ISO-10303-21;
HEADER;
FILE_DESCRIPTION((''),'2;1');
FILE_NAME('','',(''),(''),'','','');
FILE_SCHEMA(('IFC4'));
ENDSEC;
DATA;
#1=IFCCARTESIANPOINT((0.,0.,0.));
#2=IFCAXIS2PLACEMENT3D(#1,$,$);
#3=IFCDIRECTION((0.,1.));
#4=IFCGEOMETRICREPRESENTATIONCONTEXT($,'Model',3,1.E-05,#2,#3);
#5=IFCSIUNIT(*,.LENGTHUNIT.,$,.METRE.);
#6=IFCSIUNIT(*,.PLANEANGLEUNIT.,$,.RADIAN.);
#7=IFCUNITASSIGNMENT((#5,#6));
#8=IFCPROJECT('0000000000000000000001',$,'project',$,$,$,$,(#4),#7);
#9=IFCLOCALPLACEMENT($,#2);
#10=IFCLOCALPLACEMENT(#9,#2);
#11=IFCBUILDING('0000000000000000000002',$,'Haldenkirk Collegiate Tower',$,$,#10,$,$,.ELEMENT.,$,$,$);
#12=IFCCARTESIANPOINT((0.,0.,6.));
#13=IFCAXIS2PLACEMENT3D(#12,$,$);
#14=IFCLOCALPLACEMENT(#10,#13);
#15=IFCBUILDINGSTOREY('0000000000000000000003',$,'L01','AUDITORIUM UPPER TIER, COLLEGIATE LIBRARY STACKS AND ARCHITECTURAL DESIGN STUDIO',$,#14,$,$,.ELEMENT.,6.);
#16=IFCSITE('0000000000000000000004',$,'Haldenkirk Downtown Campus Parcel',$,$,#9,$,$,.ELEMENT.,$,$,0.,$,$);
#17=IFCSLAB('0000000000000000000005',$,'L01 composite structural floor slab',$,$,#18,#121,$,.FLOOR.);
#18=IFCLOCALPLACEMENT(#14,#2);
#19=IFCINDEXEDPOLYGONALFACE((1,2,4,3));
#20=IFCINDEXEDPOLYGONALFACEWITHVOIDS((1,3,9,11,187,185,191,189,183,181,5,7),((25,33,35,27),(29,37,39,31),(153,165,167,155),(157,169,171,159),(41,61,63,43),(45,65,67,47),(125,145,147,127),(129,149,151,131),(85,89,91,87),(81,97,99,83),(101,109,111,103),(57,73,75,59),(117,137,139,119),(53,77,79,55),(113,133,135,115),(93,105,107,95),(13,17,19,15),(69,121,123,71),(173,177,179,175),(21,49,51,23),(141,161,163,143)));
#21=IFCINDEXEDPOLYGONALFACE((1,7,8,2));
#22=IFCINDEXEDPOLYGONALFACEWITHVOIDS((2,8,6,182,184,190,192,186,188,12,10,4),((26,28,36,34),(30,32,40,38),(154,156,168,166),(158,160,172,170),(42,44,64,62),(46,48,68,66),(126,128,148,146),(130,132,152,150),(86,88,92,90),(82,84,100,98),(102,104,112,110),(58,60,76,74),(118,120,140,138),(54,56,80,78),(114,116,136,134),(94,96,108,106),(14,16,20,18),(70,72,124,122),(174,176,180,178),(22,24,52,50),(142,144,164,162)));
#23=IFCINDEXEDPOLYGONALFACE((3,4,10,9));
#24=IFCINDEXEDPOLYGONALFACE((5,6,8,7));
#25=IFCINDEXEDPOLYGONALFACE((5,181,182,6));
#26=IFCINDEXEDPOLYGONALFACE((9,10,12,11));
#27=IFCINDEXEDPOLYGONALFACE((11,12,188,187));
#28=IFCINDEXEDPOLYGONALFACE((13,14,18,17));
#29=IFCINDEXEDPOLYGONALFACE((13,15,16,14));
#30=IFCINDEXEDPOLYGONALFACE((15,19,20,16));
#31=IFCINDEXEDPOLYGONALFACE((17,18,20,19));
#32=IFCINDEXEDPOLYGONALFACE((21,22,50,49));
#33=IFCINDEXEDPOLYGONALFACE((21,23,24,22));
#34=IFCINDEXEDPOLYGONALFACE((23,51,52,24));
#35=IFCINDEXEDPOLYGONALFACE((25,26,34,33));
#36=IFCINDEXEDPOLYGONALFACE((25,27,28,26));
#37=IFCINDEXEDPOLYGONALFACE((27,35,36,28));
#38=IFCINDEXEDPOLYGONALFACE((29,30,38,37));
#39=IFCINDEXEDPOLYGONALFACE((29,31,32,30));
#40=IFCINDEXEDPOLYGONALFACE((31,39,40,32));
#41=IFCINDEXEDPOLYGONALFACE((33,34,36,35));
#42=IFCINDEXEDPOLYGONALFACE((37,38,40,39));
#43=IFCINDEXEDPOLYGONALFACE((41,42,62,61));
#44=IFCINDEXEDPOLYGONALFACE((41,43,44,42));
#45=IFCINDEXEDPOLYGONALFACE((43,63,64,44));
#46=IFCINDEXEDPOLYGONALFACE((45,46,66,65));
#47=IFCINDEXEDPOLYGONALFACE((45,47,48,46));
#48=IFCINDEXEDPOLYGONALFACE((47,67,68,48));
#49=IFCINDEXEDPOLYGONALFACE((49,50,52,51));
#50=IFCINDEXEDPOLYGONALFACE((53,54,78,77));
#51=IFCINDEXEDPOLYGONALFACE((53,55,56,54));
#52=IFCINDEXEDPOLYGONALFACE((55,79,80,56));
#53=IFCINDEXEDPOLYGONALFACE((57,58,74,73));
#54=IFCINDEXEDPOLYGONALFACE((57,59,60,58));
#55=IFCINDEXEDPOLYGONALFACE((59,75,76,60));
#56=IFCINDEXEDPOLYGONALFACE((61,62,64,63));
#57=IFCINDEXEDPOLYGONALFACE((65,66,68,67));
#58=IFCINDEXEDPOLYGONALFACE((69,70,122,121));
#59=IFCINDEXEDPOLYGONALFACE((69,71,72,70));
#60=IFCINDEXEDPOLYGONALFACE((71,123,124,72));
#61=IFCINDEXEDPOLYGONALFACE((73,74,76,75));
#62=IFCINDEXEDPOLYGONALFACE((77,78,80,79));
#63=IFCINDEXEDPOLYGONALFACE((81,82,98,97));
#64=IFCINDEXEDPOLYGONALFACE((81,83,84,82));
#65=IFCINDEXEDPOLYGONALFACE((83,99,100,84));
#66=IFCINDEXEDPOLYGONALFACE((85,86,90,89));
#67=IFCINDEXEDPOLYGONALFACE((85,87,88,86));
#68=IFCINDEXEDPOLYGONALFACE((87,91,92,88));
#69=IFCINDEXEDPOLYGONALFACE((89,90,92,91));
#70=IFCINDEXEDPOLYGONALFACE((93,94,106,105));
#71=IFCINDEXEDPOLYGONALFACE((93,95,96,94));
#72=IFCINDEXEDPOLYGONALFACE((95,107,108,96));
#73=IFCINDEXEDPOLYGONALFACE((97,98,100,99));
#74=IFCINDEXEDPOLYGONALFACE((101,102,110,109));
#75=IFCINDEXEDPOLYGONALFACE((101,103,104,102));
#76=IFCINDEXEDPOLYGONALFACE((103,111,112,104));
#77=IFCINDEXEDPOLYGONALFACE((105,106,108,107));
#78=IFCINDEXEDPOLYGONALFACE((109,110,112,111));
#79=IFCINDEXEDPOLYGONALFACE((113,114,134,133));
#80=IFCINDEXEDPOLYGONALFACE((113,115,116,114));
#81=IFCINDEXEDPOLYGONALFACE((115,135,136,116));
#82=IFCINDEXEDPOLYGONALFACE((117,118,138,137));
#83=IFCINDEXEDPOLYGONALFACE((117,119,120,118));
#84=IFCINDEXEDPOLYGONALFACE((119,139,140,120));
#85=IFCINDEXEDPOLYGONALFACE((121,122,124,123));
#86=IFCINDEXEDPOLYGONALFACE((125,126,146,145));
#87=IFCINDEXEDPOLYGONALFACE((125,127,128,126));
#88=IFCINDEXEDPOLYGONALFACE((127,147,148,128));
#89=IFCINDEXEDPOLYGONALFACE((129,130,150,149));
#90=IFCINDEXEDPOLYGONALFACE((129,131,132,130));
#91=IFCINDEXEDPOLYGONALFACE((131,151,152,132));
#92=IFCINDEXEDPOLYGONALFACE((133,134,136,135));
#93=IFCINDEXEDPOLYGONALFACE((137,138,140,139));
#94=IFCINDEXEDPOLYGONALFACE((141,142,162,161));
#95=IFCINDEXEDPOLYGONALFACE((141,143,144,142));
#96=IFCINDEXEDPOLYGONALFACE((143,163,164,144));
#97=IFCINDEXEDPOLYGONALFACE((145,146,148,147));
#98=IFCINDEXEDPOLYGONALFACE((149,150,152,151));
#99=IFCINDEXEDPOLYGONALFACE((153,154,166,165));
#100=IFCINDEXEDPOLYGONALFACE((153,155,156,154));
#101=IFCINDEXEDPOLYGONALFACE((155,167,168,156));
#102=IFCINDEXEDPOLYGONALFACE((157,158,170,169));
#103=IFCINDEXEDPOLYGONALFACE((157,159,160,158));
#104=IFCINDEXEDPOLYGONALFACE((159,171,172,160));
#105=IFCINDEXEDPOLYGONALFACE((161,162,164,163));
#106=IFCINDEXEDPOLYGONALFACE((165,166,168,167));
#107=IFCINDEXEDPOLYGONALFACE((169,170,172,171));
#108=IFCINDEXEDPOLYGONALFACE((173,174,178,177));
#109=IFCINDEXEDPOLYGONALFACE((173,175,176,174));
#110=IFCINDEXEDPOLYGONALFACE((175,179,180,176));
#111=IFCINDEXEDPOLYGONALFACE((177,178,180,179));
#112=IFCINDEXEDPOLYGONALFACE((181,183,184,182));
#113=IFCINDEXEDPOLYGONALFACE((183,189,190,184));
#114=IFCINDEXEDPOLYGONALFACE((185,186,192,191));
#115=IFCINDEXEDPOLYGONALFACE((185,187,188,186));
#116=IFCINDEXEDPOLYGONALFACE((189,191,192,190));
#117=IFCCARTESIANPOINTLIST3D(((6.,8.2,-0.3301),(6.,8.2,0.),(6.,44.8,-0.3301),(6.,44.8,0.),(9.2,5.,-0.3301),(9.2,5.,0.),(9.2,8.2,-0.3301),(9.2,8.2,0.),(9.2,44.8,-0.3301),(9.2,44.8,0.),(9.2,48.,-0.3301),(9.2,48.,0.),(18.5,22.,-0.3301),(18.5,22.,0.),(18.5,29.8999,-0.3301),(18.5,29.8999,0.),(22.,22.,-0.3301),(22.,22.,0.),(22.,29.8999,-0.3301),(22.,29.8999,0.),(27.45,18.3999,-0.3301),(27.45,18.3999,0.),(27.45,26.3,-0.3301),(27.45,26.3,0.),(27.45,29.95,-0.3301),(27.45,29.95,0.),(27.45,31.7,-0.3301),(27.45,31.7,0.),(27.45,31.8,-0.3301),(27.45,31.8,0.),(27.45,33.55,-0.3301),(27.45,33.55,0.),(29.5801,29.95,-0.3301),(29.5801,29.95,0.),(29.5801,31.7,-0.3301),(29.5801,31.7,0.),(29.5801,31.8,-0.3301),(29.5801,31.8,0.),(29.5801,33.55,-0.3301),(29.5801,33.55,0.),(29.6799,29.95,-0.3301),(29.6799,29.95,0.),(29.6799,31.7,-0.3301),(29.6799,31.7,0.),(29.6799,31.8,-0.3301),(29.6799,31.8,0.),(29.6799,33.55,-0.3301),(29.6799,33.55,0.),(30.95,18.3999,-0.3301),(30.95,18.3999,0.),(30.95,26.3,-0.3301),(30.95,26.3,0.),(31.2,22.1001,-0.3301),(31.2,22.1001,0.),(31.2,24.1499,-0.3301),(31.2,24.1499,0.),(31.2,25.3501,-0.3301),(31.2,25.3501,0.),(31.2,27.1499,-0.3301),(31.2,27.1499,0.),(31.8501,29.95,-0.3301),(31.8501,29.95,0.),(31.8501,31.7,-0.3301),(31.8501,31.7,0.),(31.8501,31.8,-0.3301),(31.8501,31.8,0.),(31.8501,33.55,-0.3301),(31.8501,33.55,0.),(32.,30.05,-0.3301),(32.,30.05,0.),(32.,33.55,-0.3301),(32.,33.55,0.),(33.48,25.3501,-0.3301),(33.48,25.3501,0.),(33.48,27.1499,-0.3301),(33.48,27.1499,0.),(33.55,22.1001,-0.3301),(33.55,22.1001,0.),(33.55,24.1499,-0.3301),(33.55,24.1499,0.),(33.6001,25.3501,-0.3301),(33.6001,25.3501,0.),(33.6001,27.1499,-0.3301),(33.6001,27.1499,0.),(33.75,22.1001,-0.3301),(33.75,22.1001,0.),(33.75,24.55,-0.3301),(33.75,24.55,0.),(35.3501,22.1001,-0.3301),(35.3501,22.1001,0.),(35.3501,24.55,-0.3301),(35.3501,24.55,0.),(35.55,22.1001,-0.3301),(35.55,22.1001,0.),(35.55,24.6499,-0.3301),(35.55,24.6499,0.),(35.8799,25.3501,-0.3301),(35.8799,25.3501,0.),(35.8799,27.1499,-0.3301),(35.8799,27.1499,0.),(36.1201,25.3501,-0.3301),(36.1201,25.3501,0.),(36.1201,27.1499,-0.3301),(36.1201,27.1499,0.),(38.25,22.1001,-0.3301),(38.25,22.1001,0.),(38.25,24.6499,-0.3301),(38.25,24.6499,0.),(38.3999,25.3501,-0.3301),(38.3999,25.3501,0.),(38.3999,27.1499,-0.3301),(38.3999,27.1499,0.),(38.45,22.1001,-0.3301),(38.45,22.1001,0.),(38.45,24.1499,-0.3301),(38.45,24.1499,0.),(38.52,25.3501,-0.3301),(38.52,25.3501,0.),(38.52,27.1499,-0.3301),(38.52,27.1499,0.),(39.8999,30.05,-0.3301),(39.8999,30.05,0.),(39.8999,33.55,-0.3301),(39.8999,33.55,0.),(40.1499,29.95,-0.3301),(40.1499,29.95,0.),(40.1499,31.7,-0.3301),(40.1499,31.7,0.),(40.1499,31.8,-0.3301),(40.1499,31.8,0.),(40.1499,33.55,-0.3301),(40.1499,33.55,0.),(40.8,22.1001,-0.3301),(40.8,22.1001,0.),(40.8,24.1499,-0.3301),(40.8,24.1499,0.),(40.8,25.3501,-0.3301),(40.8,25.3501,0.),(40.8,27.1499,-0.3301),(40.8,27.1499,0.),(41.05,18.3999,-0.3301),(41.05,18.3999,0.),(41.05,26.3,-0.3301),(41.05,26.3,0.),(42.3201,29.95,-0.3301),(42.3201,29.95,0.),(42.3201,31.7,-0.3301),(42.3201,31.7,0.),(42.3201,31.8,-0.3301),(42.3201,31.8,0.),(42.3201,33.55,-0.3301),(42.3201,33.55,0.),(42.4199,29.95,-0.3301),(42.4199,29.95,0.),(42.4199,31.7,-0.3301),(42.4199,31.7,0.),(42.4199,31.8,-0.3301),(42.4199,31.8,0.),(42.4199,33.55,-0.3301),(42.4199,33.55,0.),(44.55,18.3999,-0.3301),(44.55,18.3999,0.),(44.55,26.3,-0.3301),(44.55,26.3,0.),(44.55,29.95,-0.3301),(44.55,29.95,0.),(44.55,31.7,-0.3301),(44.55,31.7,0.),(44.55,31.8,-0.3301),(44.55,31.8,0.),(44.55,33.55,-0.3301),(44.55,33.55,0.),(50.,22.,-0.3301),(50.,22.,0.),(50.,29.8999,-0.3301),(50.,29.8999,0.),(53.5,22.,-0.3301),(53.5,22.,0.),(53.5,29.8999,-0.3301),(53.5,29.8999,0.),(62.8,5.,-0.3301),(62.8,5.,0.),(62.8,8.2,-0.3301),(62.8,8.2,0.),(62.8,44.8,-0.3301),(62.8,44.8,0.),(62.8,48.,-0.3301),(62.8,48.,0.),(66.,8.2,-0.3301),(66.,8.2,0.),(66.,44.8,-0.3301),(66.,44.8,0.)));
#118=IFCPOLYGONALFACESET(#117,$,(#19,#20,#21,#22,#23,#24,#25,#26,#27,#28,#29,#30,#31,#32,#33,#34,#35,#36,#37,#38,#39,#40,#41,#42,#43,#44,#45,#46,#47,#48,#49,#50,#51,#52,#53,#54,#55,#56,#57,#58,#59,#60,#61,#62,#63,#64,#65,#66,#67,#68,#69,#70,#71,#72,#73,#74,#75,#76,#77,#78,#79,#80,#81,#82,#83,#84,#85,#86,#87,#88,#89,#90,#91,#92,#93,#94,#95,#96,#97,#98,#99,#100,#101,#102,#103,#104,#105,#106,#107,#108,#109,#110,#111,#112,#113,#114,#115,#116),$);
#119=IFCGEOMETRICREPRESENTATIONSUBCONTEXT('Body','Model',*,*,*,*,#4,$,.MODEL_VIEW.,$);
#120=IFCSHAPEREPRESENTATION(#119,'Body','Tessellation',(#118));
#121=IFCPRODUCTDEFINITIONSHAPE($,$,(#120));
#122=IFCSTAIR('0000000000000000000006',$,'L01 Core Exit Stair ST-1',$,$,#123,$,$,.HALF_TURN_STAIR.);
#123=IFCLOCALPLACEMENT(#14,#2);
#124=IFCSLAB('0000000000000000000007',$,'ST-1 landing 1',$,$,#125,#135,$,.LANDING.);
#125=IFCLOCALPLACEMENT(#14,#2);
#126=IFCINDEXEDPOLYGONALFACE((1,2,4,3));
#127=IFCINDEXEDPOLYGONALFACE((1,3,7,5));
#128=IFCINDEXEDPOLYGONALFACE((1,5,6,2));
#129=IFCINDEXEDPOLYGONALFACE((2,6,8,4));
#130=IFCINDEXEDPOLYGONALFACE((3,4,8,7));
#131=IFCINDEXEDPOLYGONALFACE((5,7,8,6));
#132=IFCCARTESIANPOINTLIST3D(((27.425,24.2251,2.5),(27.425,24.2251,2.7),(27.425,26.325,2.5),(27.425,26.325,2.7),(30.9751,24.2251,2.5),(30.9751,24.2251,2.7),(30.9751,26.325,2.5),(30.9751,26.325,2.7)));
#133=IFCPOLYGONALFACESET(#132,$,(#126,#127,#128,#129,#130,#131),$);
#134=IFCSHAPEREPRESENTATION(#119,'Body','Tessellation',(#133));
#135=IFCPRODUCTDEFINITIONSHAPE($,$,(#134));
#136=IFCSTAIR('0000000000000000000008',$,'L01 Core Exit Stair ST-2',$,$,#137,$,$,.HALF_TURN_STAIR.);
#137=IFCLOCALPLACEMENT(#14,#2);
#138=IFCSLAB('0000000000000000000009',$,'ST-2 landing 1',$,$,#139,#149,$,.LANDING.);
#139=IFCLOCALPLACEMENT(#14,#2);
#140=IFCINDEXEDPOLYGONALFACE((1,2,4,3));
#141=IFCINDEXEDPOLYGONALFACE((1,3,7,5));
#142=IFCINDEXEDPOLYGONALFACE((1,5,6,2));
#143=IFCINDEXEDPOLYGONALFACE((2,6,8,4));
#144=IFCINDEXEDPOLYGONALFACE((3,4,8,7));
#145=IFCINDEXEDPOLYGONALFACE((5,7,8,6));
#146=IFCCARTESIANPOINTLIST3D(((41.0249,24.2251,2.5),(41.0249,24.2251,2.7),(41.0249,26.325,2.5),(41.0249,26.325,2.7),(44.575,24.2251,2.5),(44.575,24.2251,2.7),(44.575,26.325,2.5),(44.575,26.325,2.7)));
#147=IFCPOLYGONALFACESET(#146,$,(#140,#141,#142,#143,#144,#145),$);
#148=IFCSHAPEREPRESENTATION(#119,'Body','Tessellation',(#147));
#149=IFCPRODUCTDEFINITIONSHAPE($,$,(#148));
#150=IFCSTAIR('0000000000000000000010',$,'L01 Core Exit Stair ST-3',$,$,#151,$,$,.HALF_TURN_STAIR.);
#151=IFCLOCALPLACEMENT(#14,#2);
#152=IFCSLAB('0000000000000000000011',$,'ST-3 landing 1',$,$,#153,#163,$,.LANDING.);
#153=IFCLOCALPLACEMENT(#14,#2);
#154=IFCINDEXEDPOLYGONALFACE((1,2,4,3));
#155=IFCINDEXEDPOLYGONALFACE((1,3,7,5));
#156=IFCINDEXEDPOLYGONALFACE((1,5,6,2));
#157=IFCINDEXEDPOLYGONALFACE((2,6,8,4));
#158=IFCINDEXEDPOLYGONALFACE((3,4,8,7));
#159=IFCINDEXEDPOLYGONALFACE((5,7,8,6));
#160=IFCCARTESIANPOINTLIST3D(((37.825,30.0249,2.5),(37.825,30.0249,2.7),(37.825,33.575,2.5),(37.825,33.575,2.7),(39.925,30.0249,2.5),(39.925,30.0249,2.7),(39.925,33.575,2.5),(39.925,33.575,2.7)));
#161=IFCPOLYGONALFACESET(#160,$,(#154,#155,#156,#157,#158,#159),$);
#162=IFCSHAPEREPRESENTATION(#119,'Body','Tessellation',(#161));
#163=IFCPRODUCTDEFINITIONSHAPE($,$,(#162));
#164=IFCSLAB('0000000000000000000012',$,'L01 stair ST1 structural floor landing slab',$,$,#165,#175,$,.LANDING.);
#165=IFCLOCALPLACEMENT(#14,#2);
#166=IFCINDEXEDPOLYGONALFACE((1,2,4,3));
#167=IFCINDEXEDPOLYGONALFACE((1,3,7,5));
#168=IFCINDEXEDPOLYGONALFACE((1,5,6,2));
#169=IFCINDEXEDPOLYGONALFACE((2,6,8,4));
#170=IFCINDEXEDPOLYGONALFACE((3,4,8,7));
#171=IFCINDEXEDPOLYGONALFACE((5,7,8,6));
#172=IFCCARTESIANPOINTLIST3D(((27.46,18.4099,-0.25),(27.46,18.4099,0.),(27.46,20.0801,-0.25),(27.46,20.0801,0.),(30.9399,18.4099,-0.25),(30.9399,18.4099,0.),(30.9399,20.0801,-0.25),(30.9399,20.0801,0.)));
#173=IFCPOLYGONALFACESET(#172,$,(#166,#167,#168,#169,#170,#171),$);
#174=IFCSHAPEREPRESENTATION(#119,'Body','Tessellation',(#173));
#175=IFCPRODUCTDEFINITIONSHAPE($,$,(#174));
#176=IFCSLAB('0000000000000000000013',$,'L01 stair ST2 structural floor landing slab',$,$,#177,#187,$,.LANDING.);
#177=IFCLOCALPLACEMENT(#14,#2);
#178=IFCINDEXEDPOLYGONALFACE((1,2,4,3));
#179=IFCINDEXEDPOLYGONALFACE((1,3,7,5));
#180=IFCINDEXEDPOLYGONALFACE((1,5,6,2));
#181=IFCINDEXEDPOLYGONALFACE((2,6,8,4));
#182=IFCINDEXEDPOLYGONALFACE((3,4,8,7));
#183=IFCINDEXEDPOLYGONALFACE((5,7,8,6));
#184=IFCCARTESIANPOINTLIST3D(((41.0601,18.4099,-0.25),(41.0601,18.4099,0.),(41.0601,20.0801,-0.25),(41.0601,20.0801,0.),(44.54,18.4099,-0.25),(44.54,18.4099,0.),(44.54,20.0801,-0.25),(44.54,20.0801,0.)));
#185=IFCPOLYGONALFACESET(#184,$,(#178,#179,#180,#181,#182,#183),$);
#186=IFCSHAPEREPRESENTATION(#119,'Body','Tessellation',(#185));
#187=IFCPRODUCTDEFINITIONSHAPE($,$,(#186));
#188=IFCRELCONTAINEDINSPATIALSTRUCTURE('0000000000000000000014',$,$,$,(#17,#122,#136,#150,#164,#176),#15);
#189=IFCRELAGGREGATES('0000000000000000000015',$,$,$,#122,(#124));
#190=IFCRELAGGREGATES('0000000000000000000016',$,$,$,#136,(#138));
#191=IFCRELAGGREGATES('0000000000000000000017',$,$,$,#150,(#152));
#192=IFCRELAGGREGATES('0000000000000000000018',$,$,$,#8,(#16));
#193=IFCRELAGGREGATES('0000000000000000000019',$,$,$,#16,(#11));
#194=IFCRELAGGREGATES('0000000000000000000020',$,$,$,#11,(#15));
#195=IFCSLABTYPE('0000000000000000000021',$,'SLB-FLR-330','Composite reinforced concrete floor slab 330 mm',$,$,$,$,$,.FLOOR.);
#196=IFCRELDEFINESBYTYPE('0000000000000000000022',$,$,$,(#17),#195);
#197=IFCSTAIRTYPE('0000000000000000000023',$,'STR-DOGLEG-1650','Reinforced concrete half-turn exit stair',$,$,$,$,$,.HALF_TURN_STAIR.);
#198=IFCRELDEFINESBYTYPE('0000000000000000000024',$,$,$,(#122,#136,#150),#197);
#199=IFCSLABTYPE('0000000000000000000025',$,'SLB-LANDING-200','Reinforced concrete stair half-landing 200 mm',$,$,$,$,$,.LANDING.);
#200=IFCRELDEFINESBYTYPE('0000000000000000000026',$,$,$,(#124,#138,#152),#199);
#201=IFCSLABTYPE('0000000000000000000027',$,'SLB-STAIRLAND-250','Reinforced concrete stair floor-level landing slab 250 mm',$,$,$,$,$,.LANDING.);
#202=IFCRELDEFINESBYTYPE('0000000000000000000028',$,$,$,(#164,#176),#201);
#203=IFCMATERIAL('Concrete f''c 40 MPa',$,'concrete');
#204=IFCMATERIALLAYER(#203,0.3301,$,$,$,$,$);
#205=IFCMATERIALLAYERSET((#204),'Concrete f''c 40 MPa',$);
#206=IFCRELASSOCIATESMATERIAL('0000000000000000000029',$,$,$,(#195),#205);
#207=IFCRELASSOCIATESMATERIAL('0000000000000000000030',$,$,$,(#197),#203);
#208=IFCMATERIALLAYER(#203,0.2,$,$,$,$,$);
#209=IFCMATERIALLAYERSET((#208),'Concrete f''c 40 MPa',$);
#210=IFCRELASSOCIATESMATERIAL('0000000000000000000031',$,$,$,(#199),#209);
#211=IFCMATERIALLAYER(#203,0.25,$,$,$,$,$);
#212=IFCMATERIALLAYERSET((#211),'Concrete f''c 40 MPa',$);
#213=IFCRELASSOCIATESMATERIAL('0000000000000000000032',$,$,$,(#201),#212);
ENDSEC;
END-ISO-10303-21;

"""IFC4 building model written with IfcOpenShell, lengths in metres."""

from ifc_helpers import new_model, si_unit, direction, frame, origin, place, context, subcontext, project, spatial, polyline, outline, extrude, material, layer, layer_set, type_object, element, aggregate, save


model = new_model("IFC4")

# Units and contexts
model_context = context("Model", 3, precision=1e-05, world=origin(), true_north=direction((0.0, 1.0)))
body_context = subcontext(model_context, "Body", "Model", "MODEL_VIEW")
ifc_project = project(units=[si_unit("LENGTHUNIT", "METRE"), si_unit("PLANEANGLEUNIT", "RADIAN")], contexts=[model_context])

# Site, building, storey
site_placement = place(None, origin())
site = spatial("IfcSite", under=ifc_project, at=site_placement, Name="Haldenkirk Downtown Campus Parcel", CompositionType="ELEMENT", RefElevation=0.0)
building_placement = place(site_placement, origin())
building = spatial("IfcBuilding", under=site, at=building_placement, Name="Haldenkirk Collegiate Tower", CompositionType="ELEMENT")
storey_placement = place(building_placement, frame((0.0, 0.0, 6.0)))
storey = spatial("IfcBuildingStorey", under=building, at=storey_placement, Name="L01", Description="AUDITORIUM UPPER TIER, COLLEGIATE LIBRARY STACKS AND ARCHITECTURAL DESIGN STUDIO", CompositionType="ELEMENT", Elevation=6.0)

# Slab
ifc_material_1 = material(Name="Concrete f'c 40 MPa", Category="concrete")
ifc_layer_1 = layer(ifc_material_1, 0.3301)
ifc_layer_set_1 = layer_set([ifc_layer_1], Name="Concrete f'c 40 MPa")
slab_type_1 = type_object("IfcSlabType", Name="SLB-FLR-330", Description="Composite reinforced concrete floor slab 330 mm", PredefinedType="FLOOR", material=ifc_layer_set_1)
slab_1_placement = place(storey_placement, frame((0.0, 0.0, -0.3301)))
element("IfcSlab", 1, at=slab_1_placement, inside=storey, type_object=slab_type_1, Name="L01 composite structural floor slab", PredefinedType="FLOOR", context=body_context, shape_type="SweptSolid", body=[
    extrude(outline(polyline([(9.2, 5.0), (62.8, 5.0), (62.8, 8.2), (66.0, 8.2), (66.0, 44.8), (62.8, 44.8), (62.8, 48.0), (9.2, 48.0), (9.2, 44.8), (6.0, 44.8), (6.0, 8.2), (9.2, 8.2), (9.2, 5.0)]), holes=[polyline([(27.45, 18.3999), (30.95, 18.3999), (30.95, 26.3), (27.45, 26.3), (27.45, 18.3999)]), polyline([(41.05, 18.3999), (44.55, 18.3999), (44.55, 26.3), (41.05, 26.3), (41.05, 18.3999)]), polyline([(32.0, 30.05), (39.8999, 30.05), (39.8999, 33.55), (32.0, 33.55), (32.0, 30.05)]), polyline([(33.75, 22.1001), (35.3501, 22.1001), (35.3501, 24.55), (33.75, 24.55), (33.75, 22.1001)]), polyline([(18.5, 22.0), (22.0, 22.0), (22.0, 29.8999), (18.5, 29.8999), (18.5, 22.0)]), polyline([(50.0, 22.0), (53.5, 22.0), (53.5, 29.8999), (50.0, 29.8999), (50.0, 22.0)]), polyline([(27.45, 29.95), (29.5801, 29.95), (29.5801, 31.7), (27.45, 31.7), (27.45, 29.95)]), polyline([(29.6799, 29.95), (31.8501, 29.95), (31.8501, 31.7), (29.6799, 31.7), (29.6799, 29.95)]), polyline([(27.45, 31.8), (29.5801, 31.8), (29.5801, 33.55), (27.45, 33.55), (27.45, 31.8)]), polyline([(29.6799, 31.8), (31.8501, 31.8), (31.8501, 33.55), (29.6799, 33.55), (29.6799, 31.8)]), polyline([(40.1499, 29.95), (42.3201, 29.95), (42.3201, 31.7), (40.1499, 31.7), (40.1499, 29.95)]), polyline([(42.4199, 29.95), (44.55, 29.95), (44.55, 31.7), (42.4199, 31.7), (42.4199, 29.95)]), polyline([(40.1499, 31.8), (42.3201, 31.8), (42.3201, 33.55), (40.1499, 33.55), (40.1499, 31.8)]), polyline([(42.4199, 31.8), (44.55, 31.8), (44.55, 33.55), (42.4199, 33.55), (42.4199, 31.8)]), polyline([(31.2, 25.3501), (33.48, 25.3501), (33.48, 27.1499), (31.2, 27.1499), (31.2, 25.3501)]), polyline([(33.6001, 25.3501), (35.8799, 25.3501), (35.8799, 27.1499), (33.6001, 27.1499), (33.6001, 25.3501)]), polyline([(36.1201, 25.3501), (38.3999, 25.3501), (38.3999, 27.1499), (36.1201, 27.1499), (36.1201, 25.3501)]), polyline([(38.52, 25.3501), (40.8, 25.3501), (40.8, 27.1499), (38.52, 27.1499), (38.52, 25.3501)]), polyline([(31.2, 22.1001), (33.55, 22.1001), (33.55, 24.1499), (31.2, 24.1499), (31.2, 22.1001)]), polyline([(38.45, 22.1001), (40.8, 22.1001), (40.8, 24.1499), (38.45, 24.1499), (38.45, 22.1001)]), polyline([(35.55, 22.1001), (38.25, 22.1001), (38.25, 24.6499), (35.55, 24.6499), (35.55, 22.1001)])]), origin(), (0.0, 0.0, 1.0), 0.3301),
])

# Stairs, slabs
stair_type = type_object("IfcStairType", Name="STR-DOGLEG-1650", Description="Reinforced concrete half-turn exit stair", PredefinedType="HALF_TURN_STAIR", material=ifc_material_1)
stair_1_placement = place(storey_placement, origin())
stair_1 = element("IfcStair", 2, at=stair_1_placement, inside=storey, type_object=stair_type, Name="L01 Core Exit Stair ST-1", PredefinedType="HALF_TURN_STAIR")
ifc_layer_2 = layer(ifc_material_1, 0.2)
ifc_layer_set_2 = layer_set([ifc_layer_2], Name="Concrete f'c 40 MPa")
slab_type_2 = type_object("IfcSlabType", Name="SLB-LANDING-200", Description="Reinforced concrete stair half-landing 200 mm", PredefinedType="LANDING", material=ifc_layer_set_2)
slab_2_placement = place(storey_placement, frame((0.0, 0.0, 2.5)))
slab_2 = element("IfcSlab", 3, at=slab_2_placement, type_object=slab_type_2, Name="ST-1 landing 1", PredefinedType="LANDING", context=body_context, shape_type="SweptSolid", body=[
    extrude(outline(polyline([(30.9751, 24.2251), (27.425, 24.2251), (27.425, 26.325), (30.9751, 26.325), (30.9751, 24.2251)])), origin(), (0.0, 0.0, 1.0), 0.2),
])
aggregate(stair_1, [slab_2])
stair_2_placement = place(storey_placement, origin())
stair_2 = element("IfcStair", 4, at=stair_2_placement, inside=storey, type_object=stair_type, Name="L01 Core Exit Stair ST-2", PredefinedType="HALF_TURN_STAIR")
slab_3_placement = place(storey_placement, frame((0.0, 0.0, 2.5)))
slab_3 = element("IfcSlab", 5, at=slab_3_placement, type_object=slab_type_2, Name="ST-2 landing 1", PredefinedType="LANDING", context=body_context, shape_type="SweptSolid", body=[
    extrude(outline(polyline([(44.575, 24.2251), (41.0249, 24.2251), (41.0249, 26.325), (44.575, 26.325), (44.575, 24.2251)])), origin(), (0.0, 0.0, 1.0), 0.2),
])
aggregate(stair_2, [slab_3])
stair_3_placement = place(storey_placement, origin())
stair_3 = element("IfcStair", 6, at=stair_3_placement, inside=storey, type_object=stair_type, Name="L01 Core Exit Stair ST-3", PredefinedType="HALF_TURN_STAIR")
slab_4_placement = place(storey_placement, frame((0.0, 0.0, 2.5)))
slab_4 = element("IfcSlab", 7, at=slab_4_placement, type_object=slab_type_2, Name="ST-3 landing 1", PredefinedType="LANDING", context=body_context, shape_type="SweptSolid", body=[
    extrude(outline(polyline([(37.825, 30.0249), (37.825, 33.575), (39.925, 33.575), (39.925, 30.0249), (37.825, 30.0249)])), origin(), (0.0, 0.0, 1.0), 0.2),
])
aggregate(stair_3, [slab_4])

# Slabs
ifc_layer_3 = layer(ifc_material_1, 0.25)
ifc_layer_set_3 = layer_set([ifc_layer_3], Name="Concrete f'c 40 MPa")
slab_type_3 = type_object("IfcSlabType", Name="SLB-STAIRLAND-250", Description="Reinforced concrete stair floor-level landing slab 250 mm", PredefinedType="LANDING", material=ifc_layer_set_3)
slab_5_placement = place(storey_placement, frame((0.0, 0.0, -0.25)))
element("IfcSlab", 8, at=slab_5_placement, inside=storey, type_object=slab_type_3, Name="L01 stair ST1 structural floor landing slab", PredefinedType="LANDING", context=body_context, shape_type="SweptSolid", body=[
    extrude(outline(polyline([(27.46, 18.4099), (30.9399, 18.4099), (30.9399, 20.0801), (27.46, 20.0801), (27.46, 18.4099)])), origin(), (0.0, 0.0, 1.0), 0.25),
])
slab_6_placement = place(storey_placement, frame((0.0, 0.0, -0.25)))
element("IfcSlab", 9, at=slab_6_placement, inside=storey, type_object=slab_type_3, Name="L01 stair ST2 structural floor landing slab", PredefinedType="LANDING", context=body_context, shape_type="SweptSolid", body=[
    extrude(outline(polyline([(41.0601, 18.4099), (44.54, 18.4099), (44.54, 20.0801), (41.0601, 20.0801), (41.0601, 18.4099)])), origin(), (0.0, 0.0, 1.0), 0.25),
])

save(model, "model.ifc")
